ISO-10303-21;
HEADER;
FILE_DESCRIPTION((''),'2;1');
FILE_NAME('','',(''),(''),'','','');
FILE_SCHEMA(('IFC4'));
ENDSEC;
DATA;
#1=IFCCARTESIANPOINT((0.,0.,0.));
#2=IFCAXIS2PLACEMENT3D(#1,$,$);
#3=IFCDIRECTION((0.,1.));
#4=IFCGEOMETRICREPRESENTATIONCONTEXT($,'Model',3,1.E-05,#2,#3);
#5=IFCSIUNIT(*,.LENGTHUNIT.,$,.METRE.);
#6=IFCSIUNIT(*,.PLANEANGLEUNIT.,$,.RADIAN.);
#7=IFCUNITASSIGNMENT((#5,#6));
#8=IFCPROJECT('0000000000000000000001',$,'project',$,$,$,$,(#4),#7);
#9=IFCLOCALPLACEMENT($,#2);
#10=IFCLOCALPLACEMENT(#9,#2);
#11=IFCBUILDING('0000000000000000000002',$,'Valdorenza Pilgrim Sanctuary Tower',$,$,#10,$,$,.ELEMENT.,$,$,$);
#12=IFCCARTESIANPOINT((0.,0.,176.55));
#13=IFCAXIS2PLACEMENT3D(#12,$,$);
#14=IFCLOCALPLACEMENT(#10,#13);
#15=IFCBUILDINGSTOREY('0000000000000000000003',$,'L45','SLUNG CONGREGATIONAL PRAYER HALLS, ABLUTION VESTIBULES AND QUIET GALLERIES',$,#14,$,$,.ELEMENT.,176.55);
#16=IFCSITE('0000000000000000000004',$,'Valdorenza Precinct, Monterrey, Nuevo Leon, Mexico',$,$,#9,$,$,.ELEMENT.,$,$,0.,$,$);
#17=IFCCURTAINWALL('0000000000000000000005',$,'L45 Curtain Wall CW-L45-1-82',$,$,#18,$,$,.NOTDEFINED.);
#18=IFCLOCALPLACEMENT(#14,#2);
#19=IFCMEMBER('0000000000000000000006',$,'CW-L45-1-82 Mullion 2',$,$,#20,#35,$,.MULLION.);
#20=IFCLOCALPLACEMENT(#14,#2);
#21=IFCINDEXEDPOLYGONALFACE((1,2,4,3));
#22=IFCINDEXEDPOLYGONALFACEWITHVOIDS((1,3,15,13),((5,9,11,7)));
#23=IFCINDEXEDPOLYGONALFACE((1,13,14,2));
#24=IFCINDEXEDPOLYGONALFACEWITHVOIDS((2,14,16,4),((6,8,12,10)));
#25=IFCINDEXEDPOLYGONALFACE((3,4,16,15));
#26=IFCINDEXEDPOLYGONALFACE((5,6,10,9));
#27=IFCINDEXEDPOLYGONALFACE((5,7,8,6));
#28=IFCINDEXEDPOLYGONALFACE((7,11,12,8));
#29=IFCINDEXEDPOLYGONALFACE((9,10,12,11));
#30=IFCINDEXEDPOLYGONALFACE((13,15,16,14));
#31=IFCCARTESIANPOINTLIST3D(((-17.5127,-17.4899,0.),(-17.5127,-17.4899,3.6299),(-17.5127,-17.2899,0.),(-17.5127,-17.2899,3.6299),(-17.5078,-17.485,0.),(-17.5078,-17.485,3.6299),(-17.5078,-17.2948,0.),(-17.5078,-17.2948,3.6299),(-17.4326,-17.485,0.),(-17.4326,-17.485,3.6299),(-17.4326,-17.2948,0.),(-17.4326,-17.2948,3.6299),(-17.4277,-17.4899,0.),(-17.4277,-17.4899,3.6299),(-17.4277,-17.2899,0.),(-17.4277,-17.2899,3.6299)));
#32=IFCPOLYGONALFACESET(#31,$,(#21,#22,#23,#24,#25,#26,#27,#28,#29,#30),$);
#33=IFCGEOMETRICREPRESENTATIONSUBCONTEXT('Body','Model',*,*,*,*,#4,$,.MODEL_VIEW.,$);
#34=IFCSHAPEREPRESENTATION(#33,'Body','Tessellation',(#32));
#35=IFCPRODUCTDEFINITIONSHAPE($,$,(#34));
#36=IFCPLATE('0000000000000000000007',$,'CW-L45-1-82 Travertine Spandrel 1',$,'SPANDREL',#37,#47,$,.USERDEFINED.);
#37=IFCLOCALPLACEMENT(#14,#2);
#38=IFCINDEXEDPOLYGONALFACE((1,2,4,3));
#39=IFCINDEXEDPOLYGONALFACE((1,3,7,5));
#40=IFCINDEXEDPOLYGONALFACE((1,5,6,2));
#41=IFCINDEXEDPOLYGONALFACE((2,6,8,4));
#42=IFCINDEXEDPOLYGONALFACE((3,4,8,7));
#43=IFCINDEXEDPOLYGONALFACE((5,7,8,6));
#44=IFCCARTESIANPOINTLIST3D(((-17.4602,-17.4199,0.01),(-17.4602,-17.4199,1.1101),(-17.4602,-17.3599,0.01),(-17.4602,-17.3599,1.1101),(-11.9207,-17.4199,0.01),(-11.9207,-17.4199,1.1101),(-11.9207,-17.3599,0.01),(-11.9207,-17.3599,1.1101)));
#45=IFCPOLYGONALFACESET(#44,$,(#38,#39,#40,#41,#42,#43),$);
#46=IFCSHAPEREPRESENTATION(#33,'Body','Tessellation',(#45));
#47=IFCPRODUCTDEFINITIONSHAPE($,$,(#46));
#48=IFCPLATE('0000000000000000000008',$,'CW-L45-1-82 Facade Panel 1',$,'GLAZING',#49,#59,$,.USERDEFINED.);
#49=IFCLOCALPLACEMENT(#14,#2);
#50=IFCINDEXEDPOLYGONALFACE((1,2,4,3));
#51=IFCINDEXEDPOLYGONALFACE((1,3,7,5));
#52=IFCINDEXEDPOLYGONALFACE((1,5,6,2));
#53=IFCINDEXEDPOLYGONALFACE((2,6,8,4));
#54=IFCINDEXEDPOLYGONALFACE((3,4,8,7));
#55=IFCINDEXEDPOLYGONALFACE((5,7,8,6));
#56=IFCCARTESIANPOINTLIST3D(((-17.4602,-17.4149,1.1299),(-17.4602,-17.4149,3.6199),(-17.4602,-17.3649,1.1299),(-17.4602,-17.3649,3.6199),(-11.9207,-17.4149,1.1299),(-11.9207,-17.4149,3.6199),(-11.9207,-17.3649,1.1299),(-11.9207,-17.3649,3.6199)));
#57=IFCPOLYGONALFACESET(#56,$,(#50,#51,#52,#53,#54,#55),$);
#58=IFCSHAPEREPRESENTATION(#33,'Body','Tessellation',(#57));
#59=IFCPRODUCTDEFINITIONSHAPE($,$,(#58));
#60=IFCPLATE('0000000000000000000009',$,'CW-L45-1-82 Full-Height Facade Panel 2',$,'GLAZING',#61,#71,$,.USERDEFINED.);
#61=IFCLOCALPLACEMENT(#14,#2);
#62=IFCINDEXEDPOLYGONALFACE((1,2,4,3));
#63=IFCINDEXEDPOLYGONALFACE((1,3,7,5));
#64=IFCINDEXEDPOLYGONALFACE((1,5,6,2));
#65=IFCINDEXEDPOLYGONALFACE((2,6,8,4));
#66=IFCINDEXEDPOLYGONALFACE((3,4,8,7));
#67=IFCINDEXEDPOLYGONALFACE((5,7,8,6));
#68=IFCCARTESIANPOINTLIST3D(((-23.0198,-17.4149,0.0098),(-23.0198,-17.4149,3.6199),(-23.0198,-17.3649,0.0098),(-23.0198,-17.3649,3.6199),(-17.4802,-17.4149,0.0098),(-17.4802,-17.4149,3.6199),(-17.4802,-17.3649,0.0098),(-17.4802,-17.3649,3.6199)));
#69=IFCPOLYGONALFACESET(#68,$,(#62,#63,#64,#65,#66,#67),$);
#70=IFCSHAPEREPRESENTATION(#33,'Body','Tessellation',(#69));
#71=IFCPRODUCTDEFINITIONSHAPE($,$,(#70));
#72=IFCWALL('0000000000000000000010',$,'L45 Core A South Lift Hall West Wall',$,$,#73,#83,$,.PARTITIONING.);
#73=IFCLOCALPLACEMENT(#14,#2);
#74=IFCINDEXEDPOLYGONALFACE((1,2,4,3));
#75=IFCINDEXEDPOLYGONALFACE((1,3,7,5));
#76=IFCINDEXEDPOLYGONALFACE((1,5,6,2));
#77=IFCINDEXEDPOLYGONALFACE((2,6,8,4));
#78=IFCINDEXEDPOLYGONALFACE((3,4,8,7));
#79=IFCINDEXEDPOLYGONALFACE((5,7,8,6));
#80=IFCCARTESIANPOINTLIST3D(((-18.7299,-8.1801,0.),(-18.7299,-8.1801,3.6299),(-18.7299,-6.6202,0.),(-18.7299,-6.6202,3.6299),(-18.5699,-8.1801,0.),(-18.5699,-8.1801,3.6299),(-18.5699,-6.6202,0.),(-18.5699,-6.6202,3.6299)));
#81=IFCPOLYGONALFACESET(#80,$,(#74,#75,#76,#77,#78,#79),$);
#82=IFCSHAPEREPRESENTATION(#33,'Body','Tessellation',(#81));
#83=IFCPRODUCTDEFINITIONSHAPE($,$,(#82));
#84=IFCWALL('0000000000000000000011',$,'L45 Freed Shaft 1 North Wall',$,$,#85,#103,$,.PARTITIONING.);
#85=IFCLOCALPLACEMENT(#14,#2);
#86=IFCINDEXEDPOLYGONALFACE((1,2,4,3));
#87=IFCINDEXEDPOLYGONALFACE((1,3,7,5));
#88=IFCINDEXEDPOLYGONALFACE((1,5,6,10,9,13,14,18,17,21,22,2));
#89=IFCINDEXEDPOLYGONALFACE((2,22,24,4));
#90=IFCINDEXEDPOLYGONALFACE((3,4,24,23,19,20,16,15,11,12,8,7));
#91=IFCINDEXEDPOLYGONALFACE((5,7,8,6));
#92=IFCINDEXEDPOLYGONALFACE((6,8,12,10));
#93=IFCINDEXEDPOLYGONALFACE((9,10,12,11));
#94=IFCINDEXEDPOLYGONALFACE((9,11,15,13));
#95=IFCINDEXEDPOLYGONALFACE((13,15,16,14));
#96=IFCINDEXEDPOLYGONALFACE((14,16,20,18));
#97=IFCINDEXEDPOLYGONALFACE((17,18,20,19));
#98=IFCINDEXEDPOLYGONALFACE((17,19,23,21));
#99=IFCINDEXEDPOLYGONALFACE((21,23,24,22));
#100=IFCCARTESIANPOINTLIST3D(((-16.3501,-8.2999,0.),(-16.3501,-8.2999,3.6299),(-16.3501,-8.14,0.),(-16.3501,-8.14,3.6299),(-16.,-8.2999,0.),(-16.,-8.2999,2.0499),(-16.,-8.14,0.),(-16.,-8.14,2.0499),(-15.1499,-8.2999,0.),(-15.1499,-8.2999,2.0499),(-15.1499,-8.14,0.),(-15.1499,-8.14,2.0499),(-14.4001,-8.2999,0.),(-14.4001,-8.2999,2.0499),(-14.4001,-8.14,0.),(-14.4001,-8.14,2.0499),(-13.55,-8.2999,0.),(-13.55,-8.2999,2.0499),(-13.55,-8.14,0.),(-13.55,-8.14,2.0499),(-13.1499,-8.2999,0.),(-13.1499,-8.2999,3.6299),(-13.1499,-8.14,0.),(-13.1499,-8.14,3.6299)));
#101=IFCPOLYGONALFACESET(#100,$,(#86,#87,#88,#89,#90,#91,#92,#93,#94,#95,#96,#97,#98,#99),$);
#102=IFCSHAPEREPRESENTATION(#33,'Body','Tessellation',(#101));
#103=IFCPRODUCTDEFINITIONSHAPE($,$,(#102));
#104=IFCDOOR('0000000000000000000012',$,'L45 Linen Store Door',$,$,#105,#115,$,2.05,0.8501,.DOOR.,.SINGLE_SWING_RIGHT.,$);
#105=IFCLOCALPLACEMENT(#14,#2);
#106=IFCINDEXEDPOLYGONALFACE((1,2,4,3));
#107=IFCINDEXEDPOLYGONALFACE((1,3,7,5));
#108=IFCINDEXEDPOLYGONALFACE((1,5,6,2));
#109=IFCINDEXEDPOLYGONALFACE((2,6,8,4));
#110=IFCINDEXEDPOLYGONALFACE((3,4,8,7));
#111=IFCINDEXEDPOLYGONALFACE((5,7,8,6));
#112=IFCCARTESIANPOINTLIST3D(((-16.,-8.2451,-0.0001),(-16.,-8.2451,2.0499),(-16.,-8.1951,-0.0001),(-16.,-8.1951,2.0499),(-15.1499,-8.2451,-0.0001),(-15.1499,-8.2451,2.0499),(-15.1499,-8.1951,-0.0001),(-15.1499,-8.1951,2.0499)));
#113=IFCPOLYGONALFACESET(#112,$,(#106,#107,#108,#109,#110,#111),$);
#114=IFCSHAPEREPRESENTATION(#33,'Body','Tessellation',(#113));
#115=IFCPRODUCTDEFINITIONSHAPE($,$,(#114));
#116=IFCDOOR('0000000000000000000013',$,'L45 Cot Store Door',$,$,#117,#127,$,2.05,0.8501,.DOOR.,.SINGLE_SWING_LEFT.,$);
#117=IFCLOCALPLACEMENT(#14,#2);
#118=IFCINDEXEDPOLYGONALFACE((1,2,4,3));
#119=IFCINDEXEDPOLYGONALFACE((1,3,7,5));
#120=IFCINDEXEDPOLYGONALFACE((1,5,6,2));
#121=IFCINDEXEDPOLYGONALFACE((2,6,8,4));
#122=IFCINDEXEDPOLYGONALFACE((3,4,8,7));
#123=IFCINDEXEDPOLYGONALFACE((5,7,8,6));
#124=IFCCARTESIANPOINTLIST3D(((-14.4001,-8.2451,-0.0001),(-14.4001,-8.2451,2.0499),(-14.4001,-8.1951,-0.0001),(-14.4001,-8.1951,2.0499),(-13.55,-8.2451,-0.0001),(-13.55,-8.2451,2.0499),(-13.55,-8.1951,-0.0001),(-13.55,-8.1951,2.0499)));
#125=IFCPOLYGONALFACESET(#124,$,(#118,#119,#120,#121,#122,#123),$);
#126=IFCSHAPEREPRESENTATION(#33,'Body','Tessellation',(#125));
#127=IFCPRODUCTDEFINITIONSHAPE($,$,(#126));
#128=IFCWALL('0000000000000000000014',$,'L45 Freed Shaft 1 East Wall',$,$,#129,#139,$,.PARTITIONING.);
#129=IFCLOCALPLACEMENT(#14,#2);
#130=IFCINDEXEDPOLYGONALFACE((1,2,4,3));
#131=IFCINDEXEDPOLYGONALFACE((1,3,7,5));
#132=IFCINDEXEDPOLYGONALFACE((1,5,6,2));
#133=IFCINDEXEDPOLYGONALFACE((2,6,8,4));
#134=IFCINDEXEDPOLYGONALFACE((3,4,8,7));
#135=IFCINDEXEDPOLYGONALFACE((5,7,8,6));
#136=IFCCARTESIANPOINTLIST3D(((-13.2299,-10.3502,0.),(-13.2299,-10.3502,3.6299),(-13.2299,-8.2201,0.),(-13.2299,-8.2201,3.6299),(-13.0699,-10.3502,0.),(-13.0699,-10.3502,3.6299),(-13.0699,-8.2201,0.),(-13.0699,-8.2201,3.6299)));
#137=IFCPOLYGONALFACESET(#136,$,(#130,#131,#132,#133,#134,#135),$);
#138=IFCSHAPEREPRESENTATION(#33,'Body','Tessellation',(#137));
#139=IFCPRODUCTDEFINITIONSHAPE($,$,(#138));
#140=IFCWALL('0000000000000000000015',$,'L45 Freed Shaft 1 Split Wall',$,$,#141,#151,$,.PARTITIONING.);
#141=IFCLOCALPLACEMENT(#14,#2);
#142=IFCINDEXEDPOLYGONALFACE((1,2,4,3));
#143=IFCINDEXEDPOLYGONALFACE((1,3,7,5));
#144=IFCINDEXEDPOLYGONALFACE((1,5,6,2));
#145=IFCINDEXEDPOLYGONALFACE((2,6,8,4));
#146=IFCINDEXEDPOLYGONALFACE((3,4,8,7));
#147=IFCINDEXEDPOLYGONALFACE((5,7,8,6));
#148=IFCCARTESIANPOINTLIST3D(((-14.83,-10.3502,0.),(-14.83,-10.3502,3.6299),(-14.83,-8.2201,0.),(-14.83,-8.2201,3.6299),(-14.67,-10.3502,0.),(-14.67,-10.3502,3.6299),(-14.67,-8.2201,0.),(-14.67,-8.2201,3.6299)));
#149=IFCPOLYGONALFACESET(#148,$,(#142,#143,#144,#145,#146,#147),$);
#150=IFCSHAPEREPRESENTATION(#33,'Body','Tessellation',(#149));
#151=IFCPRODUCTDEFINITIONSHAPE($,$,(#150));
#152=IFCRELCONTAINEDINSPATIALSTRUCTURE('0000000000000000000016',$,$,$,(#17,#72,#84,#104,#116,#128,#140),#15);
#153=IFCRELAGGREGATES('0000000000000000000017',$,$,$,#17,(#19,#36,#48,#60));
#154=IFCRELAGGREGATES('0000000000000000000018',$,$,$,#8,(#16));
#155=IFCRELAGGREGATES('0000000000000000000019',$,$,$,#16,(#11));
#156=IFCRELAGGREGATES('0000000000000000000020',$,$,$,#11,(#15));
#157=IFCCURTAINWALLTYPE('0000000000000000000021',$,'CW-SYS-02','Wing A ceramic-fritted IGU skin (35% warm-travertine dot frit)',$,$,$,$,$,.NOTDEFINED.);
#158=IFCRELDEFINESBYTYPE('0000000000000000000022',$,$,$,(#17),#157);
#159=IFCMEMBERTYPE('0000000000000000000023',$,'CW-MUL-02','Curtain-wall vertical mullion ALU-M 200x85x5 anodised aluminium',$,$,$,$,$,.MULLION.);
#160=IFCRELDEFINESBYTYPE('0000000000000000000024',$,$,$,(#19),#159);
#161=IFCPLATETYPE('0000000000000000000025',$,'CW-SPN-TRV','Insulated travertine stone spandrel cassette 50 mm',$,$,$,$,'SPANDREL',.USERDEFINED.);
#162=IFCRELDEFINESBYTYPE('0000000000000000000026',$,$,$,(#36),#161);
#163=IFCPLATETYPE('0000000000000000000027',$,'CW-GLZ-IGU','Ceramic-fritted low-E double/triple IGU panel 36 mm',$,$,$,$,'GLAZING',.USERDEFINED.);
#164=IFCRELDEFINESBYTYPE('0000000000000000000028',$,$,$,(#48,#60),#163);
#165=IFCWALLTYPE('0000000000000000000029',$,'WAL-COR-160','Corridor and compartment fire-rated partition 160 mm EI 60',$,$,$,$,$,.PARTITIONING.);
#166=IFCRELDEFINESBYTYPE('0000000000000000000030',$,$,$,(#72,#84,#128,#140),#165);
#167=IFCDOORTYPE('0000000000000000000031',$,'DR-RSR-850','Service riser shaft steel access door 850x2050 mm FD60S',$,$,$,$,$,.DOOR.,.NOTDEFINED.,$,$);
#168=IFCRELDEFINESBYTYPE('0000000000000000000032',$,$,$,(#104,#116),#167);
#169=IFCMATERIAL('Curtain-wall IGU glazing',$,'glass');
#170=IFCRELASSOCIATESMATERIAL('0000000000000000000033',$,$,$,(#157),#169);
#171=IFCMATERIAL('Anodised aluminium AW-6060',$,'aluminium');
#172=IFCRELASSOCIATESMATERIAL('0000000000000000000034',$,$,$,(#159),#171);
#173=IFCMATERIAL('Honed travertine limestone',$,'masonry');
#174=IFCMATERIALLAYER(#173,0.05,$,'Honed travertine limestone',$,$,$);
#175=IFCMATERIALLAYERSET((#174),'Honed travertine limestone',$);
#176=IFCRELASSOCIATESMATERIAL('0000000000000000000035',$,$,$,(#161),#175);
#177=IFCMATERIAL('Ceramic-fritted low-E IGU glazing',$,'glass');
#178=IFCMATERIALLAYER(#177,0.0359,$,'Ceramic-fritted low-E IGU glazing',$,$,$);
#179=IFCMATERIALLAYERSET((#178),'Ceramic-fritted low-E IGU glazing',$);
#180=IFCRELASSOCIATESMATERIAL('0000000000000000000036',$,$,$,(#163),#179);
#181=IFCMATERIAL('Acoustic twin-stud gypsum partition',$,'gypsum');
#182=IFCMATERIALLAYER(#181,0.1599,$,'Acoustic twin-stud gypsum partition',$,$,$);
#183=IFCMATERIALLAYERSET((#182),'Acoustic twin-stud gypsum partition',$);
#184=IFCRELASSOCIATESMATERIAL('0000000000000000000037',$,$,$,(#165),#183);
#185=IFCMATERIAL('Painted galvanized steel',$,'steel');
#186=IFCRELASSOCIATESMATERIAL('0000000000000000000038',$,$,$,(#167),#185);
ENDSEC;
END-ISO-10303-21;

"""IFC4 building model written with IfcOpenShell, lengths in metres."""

from ifc_helpers import new_model, si_unit, direction, frame, frame_2d, origin, origin_2d, place, context, subcontext, project, spatial, rectangle, hollow_rectangle, extrude, source, transform, mapped, material, layer, layer_set, material_profile, profile_set, type_object, element, fill, aggregate, save


model = new_model("IFC4")

# Units and contexts
model_context = context("Model", 3, precision=1e-05, world=origin(), true_north=direction((0.0, 1.0)))
body_context = subcontext(model_context, "Body", "Model", "MODEL_VIEW")
ifc_project = project(units=[si_unit("LENGTHUNIT", "METRE"), si_unit("PLANEANGLEUNIT", "RADIAN")], contexts=[model_context])

# Site, building, storey
site_placement = place(None, origin())
site = spatial("IfcSite", under=ifc_project, at=site_placement, Name="Valdorenza Precinct, Monterrey, Nuevo Leon, Mexico", CompositionType="ELEMENT", RefElevation=0.0)
building_placement = place(site_placement, origin())
building = spatial("IfcBuilding", under=site, at=building_placement, Name="Valdorenza Pilgrim Sanctuary Tower", CompositionType="ELEMENT")
storey_placement = place(building_placement, frame((0.0, 0.0, 176.55)))
storey = spatial("IfcBuildingStorey", under=building, at=storey_placement, Name="L45", Description="SLUNG CONGREGATIONAL PRAYER HALLS, ABLUTION VESTIBULES AND QUIET GALLERIES", CompositionType="ELEMENT", Elevation=176.55)

# Curtain wall, member, plates
ifc_material_1 = material(Name="Curtain-wall IGU glazing", Category="glass")
curtain_wall_type = type_object("IfcCurtainWallType", Name="CW-SYS-02", Description="Wing A ceramic-fritted IGU skin (35% warm-travertine dot frit)", PredefinedType="NOTDEFINED", material=ifc_material_1)
curtain_wall_placement = place(storey_placement, origin())
curtain_wall = element("IfcCurtainWall", 1, at=curtain_wall_placement, inside=storey, type_object=curtain_wall_type, Name="L45 Curtain Wall CW-L45-1-82", PredefinedType="NOTDEFINED")
ifc_material_2 = material(Name="Anodised aluminium AW-6060", Category="aluminium")
ifc_material_profile = material_profile(ifc_material_2, hollow_rectangle(XDim=0.085, YDim=0.2, WallThickness=0.0049, at=origin_2d()), Name="ALU-M 200x85x5")
ifc_profile_set = profile_set([ifc_material_profile], Name="Anodised aluminium AW-6060")
member_type = type_object("IfcMemberType", Name="CW-MUL-02", Description="Curtain-wall vertical mullion ALU-M 200x85x5 anodised aluminium", PredefinedType="MULLION", material=ifc_profile_set)
shared_shape_1 = source(origin(), body_context, "Body", "SweptSolid", [
    extrude(hollow_rectangle(XDim=0.085, YDim=0.2, WallThickness=0.0049, at=origin_2d()), origin(), (0.0, 0.0, 1.0), 3.6299),
])
member_placement = place(storey_placement, frame((-17.4702, -17.3899, 0.0), z_axis=(0.0, 0.0, 1.0), x_axis=(-1.0, 0.0, 0.0)))
member = element("IfcMember", 2, at=member_placement, type_object=member_type, Name="CW-L45-1-82 Mullion 2", PredefinedType="MULLION", context=body_context, shape_type="MappedRepresentation", body=[
    mapped(shared_shape_1, transform((0.0, 0.0, 0.0), x_axis=(1.0, 0.0, 0.0), y_axis=(0.0, 1.0, 0.0), z_axis=(0.0, 0.0, 1.0), scale=1.0)),
])
ifc_material_3 = material(Name="Honed travertine limestone", Category="masonry")
ifc_layer_1 = layer(ifc_material_3, 0.05, Name="Honed travertine limestone")
ifc_layer_set_1 = layer_set([ifc_layer_1], Name="Honed travertine limestone")
plate_type_1 = type_object("IfcPlateType", Name="CW-SPN-TRV", Description="Insulated travertine stone spandrel cassette 50 mm", ElementType="SPANDREL", PredefinedType="USERDEFINED", material=ifc_layer_set_1)
shared_shape_2 = source(origin(), body_context, "Body", "SweptSolid", [
    extrude(rectangle(XDim=5.5396, YDim=0.0601, at=origin_2d()), origin(), (0.0, 0.0, 1.0), 1.1001),
])
plate_1_placement = place(storey_placement, frame((-14.6904, -17.3899, 0.01), z_axis=(0.0, 0.0, 1.0), x_axis=(-1.0, 0.0, 0.0)))
plate_1 = element("IfcPlate", 3, at=plate_1_placement, type_object=plate_type_1, Name="CW-L45-1-82 Travertine Spandrel 1", ObjectType="SPANDREL", PredefinedType="USERDEFINED", context=body_context, shape_type="MappedRepresentation", body=[
    mapped(shared_shape_2, transform((0.0, 0.0, 0.0), x_axis=(1.0, 0.0, 0.0), y_axis=(0.0, 1.0, 0.0), z_axis=(0.0, 0.0, 1.0), scale=1.0)),
])
ifc_material_4 = material(Name="Ceramic-fritted low-E IGU glazing", Category="glass")
ifc_layer_2 = layer(ifc_material_4, 0.0359, Name="Ceramic-fritted low-E IGU glazing")
ifc_layer_set_2 = layer_set([ifc_layer_2], Name="Ceramic-fritted low-E IGU glazing")
plate_type_2 = type_object("IfcPlateType", Name="CW-GLZ-IGU", Description="Ceramic-fritted low-E double/triple IGU panel 36 mm", ElementType="GLAZING", PredefinedType="USERDEFINED", material=ifc_layer_set_2)
shared_shape_3 = source(origin(), body_context, "Body", "SweptSolid", [
    extrude(rectangle(XDim=5.5396, YDim=0.05, at=origin_2d()), origin(), (0.0, 0.0, 1.0), 2.49),
])
plate_2_placement = place(storey_placement, frame((-14.6904, -17.3899, 1.1299), z_axis=(0.0, 0.0, 1.0), x_axis=(-1.0, 0.0, 0.0)))
plate_2 = element("IfcPlate", 4, at=plate_2_placement, type_object=plate_type_2, Name="CW-L45-1-82 Facade Panel 1", ObjectType="GLAZING", PredefinedType="USERDEFINED", context=body_context, shape_type="MappedRepresentation", body=[
    mapped(shared_shape_3, transform((0.0, 0.0, 0.0), x_axis=(1.0, 0.0, 0.0), y_axis=(0.0, 1.0, 0.0), z_axis=(0.0, 0.0, 1.0), scale=1.0)),
])
shared_shape_4 = source(origin(), body_context, "Body", "SweptSolid", [
    extrude(rectangle(XDim=5.5396, YDim=0.05, at=origin_2d()), origin(), (0.0, 0.0, 1.0), 3.6101),
])
plate_3_placement = place(storey_placement, frame((-20.25, -17.3899, 0.0098), z_axis=(0.0, 0.0, 1.0), x_axis=(-1.0, 0.0, 0.0)))
plate_3 = element("IfcPlate", 5, at=plate_3_placement, type_object=plate_type_2, Name="CW-L45-1-82 Full-Height Facade Panel 2", ObjectType="GLAZING", PredefinedType="USERDEFINED", context=body_context, shape_type="MappedRepresentation", body=[
    mapped(shared_shape_4, transform((0.0, 0.0, 0.0), x_axis=(1.0, 0.0, 0.0), y_axis=(0.0, 1.0, 0.0), z_axis=(0.0, 0.0, 1.0), scale=1.0)),
])
aggregate(curtain_wall, [member, plate_1, plate_2, plate_3])

# Wall
ifc_material_5 = material(Name="Acoustic twin-stud gypsum partition", Category="gypsum")
ifc_layer_3 = layer(ifc_material_5, 0.1599, Name="Acoustic twin-stud gypsum partition")
ifc_layer_set_3 = layer_set([ifc_layer_3], Name="Acoustic twin-stud gypsum partition")
wall_type_1 = type_object("IfcWallType", Name="WAL-COR-160", Description="Corridor and compartment fire-rated partition 160 mm EI 60", PredefinedType="PARTITIONING", material=ifc_layer_set_3)
wall_1_placement = place(storey_placement, frame((-18.6499, -8.1799, 0.0), z_axis=(0.0, 0.0, 1.0), x_axis=(0.0, 1.0, 0.0)))
element("IfcWall", 6, at=wall_1_placement, inside=storey, type_object=wall_type_1, Name="L45 Core A South Lift Hall West Wall", PredefinedType="PARTITIONING", context=body_context, shape_type="SweptSolid", body=[
    extrude(rectangle(XDim=1.5598, YDim=0.1599, at=frame_2d((0.7798, 0.0))), origin(), (0.0, 0.0, 1.0), 3.6299),
])

# Wall, openings, doors
wall_2_placement = place(storey_placement, frame((-16.3501, -8.22, 0.0), z_axis=(0.0, 0.0, 1.0), x_axis=(1.0, 0.0, 0.0)))
wall_2 = element("IfcWall", 7, at=wall_2_placement, inside=storey, type_object=wall_type_1, Name="L45 Freed Shaft 1 North Wall", PredefinedType="PARTITIONING", context=body_context, shape_type="SweptSolid", body=[
    extrude(rectangle(XDim=3.2002, YDim=0.1599, at=frame_2d((1.6001, 0.0))), origin(), (0.0, 0.0, 1.0), 3.6299),
])
opening_1_placement = place(wall_2_placement, frame((0.3501, 0.0, 0.0)))
opening_1 = element("IfcOpeningElement", 8, at=opening_1_placement, cuts=wall_2, PredefinedType="OPENING", context=body_context, shape_type="SweptSolid", body=[
    extrude(rectangle(XDim=0.8501, YDim=2.05, at=frame_2d((0.425, 1.0249))), frame((0.0, 0.0947, 0.0), z_axis=(0.0, -1.0, 0.0), x_axis=(1.0, 0.0, 0.0)), (0.0, 0.0, 1.0), 0.1897),
])
opening_2_placement = place(wall_2_placement, frame((1.95, 0.0, 0.0)))
opening_2 = element("IfcOpeningElement", 9, at=opening_2_placement, cuts=wall_2, PredefinedType="OPENING", context=body_context, shape_type="SweptSolid", body=[
    extrude(rectangle(XDim=0.8501, YDim=2.05, at=frame_2d((0.425, 1.0249))), frame((0.0, 0.0947, 0.0), z_axis=(0.0, -1.0, 0.0), x_axis=(1.0, 0.0, 0.0)), (0.0, 0.0, 1.0), 0.1897),
])
ifc_material_6 = material(Name="Painted galvanized steel", Category="steel")
door_type_1 = type_object("IfcDoorType", Name="DR-RSR-850", Description="Service riser shaft steel access door 850x2050 mm FD60S", OperationType="NOTDEFINED", PredefinedType="DOOR", material=ifc_material_6)
door_1_placement = place(opening_1_placement, origin())
door_1 = element("IfcDoor", 10, at=door_1_placement, inside=storey, type_object=door_type_1, Name="L45 Linen Store Door", OperationType="SINGLE_SWING_RIGHT", OverallHeight=2.05, OverallWidth=0.8501, PredefinedType="DOOR", context=body_context, shape_type="SweptSolid", body=[
    extrude(rectangle(XDim=0.8501, YDim=2.05, at=frame_2d((0.425, 1.0249))), frame((0.0, 0.0249, 0.0), z_axis=(0.0, -1.0, 0.0), x_axis=(1.0, 0.0, 0.0)), (0.0, 0.0, 1.0), 0.05),
])
fill(opening_1, door_1)
door_2_placement = place(opening_2_placement, origin())
door_2 = element("IfcDoor", 11, at=door_2_placement, inside=storey, type_object=door_type_1, Name="L45 Cot Store Door", OperationType="SINGLE_SWING_LEFT", OverallHeight=2.05, OverallWidth=0.8501, PredefinedType="DOOR", context=body_context, shape_type="SweptSolid", body=[
    extrude(rectangle(XDim=0.8501, YDim=2.05, at=frame_2d((0.425, 1.0249))), frame((0.0, 0.0249, 0.0), z_axis=(0.0, -1.0, 0.0), x_axis=(1.0, 0.0, 0.0)), (0.0, 0.0, 1.0), 0.05),
])
fill(opening_2, door_2)

# Walls
for number, where, z_axis, x_axis, name in (
    (12, (-13.1499, -10.3501, 0.0), (0.0, 0.0, 1.0), (0.0, 1.0, 0.0), "L45 Freed Shaft 1 East Wall"),
    (13, (-14.75, -10.3501, 0.0), (0.0, 0.0, 1.0), (0.0, 1.0, 0.0), "L45 Freed Shaft 1 Split Wall"),
):
    element("IfcWall", number, at=place(storey_placement, frame(where, z_axis=z_axis, x_axis=x_axis)), inside=storey, type_object=wall_type_1, Name=name, PredefinedType="PARTITIONING", context=body_context, shape_type="SweptSolid", body=[
        extrude(rectangle(XDim=2.1301, YDim=0.1599, at=frame_2d((1.0649, 0.0))), origin(), (0.0, 0.0, 1.0), 3.6299),
    ])

save(model, "model.ifc")
